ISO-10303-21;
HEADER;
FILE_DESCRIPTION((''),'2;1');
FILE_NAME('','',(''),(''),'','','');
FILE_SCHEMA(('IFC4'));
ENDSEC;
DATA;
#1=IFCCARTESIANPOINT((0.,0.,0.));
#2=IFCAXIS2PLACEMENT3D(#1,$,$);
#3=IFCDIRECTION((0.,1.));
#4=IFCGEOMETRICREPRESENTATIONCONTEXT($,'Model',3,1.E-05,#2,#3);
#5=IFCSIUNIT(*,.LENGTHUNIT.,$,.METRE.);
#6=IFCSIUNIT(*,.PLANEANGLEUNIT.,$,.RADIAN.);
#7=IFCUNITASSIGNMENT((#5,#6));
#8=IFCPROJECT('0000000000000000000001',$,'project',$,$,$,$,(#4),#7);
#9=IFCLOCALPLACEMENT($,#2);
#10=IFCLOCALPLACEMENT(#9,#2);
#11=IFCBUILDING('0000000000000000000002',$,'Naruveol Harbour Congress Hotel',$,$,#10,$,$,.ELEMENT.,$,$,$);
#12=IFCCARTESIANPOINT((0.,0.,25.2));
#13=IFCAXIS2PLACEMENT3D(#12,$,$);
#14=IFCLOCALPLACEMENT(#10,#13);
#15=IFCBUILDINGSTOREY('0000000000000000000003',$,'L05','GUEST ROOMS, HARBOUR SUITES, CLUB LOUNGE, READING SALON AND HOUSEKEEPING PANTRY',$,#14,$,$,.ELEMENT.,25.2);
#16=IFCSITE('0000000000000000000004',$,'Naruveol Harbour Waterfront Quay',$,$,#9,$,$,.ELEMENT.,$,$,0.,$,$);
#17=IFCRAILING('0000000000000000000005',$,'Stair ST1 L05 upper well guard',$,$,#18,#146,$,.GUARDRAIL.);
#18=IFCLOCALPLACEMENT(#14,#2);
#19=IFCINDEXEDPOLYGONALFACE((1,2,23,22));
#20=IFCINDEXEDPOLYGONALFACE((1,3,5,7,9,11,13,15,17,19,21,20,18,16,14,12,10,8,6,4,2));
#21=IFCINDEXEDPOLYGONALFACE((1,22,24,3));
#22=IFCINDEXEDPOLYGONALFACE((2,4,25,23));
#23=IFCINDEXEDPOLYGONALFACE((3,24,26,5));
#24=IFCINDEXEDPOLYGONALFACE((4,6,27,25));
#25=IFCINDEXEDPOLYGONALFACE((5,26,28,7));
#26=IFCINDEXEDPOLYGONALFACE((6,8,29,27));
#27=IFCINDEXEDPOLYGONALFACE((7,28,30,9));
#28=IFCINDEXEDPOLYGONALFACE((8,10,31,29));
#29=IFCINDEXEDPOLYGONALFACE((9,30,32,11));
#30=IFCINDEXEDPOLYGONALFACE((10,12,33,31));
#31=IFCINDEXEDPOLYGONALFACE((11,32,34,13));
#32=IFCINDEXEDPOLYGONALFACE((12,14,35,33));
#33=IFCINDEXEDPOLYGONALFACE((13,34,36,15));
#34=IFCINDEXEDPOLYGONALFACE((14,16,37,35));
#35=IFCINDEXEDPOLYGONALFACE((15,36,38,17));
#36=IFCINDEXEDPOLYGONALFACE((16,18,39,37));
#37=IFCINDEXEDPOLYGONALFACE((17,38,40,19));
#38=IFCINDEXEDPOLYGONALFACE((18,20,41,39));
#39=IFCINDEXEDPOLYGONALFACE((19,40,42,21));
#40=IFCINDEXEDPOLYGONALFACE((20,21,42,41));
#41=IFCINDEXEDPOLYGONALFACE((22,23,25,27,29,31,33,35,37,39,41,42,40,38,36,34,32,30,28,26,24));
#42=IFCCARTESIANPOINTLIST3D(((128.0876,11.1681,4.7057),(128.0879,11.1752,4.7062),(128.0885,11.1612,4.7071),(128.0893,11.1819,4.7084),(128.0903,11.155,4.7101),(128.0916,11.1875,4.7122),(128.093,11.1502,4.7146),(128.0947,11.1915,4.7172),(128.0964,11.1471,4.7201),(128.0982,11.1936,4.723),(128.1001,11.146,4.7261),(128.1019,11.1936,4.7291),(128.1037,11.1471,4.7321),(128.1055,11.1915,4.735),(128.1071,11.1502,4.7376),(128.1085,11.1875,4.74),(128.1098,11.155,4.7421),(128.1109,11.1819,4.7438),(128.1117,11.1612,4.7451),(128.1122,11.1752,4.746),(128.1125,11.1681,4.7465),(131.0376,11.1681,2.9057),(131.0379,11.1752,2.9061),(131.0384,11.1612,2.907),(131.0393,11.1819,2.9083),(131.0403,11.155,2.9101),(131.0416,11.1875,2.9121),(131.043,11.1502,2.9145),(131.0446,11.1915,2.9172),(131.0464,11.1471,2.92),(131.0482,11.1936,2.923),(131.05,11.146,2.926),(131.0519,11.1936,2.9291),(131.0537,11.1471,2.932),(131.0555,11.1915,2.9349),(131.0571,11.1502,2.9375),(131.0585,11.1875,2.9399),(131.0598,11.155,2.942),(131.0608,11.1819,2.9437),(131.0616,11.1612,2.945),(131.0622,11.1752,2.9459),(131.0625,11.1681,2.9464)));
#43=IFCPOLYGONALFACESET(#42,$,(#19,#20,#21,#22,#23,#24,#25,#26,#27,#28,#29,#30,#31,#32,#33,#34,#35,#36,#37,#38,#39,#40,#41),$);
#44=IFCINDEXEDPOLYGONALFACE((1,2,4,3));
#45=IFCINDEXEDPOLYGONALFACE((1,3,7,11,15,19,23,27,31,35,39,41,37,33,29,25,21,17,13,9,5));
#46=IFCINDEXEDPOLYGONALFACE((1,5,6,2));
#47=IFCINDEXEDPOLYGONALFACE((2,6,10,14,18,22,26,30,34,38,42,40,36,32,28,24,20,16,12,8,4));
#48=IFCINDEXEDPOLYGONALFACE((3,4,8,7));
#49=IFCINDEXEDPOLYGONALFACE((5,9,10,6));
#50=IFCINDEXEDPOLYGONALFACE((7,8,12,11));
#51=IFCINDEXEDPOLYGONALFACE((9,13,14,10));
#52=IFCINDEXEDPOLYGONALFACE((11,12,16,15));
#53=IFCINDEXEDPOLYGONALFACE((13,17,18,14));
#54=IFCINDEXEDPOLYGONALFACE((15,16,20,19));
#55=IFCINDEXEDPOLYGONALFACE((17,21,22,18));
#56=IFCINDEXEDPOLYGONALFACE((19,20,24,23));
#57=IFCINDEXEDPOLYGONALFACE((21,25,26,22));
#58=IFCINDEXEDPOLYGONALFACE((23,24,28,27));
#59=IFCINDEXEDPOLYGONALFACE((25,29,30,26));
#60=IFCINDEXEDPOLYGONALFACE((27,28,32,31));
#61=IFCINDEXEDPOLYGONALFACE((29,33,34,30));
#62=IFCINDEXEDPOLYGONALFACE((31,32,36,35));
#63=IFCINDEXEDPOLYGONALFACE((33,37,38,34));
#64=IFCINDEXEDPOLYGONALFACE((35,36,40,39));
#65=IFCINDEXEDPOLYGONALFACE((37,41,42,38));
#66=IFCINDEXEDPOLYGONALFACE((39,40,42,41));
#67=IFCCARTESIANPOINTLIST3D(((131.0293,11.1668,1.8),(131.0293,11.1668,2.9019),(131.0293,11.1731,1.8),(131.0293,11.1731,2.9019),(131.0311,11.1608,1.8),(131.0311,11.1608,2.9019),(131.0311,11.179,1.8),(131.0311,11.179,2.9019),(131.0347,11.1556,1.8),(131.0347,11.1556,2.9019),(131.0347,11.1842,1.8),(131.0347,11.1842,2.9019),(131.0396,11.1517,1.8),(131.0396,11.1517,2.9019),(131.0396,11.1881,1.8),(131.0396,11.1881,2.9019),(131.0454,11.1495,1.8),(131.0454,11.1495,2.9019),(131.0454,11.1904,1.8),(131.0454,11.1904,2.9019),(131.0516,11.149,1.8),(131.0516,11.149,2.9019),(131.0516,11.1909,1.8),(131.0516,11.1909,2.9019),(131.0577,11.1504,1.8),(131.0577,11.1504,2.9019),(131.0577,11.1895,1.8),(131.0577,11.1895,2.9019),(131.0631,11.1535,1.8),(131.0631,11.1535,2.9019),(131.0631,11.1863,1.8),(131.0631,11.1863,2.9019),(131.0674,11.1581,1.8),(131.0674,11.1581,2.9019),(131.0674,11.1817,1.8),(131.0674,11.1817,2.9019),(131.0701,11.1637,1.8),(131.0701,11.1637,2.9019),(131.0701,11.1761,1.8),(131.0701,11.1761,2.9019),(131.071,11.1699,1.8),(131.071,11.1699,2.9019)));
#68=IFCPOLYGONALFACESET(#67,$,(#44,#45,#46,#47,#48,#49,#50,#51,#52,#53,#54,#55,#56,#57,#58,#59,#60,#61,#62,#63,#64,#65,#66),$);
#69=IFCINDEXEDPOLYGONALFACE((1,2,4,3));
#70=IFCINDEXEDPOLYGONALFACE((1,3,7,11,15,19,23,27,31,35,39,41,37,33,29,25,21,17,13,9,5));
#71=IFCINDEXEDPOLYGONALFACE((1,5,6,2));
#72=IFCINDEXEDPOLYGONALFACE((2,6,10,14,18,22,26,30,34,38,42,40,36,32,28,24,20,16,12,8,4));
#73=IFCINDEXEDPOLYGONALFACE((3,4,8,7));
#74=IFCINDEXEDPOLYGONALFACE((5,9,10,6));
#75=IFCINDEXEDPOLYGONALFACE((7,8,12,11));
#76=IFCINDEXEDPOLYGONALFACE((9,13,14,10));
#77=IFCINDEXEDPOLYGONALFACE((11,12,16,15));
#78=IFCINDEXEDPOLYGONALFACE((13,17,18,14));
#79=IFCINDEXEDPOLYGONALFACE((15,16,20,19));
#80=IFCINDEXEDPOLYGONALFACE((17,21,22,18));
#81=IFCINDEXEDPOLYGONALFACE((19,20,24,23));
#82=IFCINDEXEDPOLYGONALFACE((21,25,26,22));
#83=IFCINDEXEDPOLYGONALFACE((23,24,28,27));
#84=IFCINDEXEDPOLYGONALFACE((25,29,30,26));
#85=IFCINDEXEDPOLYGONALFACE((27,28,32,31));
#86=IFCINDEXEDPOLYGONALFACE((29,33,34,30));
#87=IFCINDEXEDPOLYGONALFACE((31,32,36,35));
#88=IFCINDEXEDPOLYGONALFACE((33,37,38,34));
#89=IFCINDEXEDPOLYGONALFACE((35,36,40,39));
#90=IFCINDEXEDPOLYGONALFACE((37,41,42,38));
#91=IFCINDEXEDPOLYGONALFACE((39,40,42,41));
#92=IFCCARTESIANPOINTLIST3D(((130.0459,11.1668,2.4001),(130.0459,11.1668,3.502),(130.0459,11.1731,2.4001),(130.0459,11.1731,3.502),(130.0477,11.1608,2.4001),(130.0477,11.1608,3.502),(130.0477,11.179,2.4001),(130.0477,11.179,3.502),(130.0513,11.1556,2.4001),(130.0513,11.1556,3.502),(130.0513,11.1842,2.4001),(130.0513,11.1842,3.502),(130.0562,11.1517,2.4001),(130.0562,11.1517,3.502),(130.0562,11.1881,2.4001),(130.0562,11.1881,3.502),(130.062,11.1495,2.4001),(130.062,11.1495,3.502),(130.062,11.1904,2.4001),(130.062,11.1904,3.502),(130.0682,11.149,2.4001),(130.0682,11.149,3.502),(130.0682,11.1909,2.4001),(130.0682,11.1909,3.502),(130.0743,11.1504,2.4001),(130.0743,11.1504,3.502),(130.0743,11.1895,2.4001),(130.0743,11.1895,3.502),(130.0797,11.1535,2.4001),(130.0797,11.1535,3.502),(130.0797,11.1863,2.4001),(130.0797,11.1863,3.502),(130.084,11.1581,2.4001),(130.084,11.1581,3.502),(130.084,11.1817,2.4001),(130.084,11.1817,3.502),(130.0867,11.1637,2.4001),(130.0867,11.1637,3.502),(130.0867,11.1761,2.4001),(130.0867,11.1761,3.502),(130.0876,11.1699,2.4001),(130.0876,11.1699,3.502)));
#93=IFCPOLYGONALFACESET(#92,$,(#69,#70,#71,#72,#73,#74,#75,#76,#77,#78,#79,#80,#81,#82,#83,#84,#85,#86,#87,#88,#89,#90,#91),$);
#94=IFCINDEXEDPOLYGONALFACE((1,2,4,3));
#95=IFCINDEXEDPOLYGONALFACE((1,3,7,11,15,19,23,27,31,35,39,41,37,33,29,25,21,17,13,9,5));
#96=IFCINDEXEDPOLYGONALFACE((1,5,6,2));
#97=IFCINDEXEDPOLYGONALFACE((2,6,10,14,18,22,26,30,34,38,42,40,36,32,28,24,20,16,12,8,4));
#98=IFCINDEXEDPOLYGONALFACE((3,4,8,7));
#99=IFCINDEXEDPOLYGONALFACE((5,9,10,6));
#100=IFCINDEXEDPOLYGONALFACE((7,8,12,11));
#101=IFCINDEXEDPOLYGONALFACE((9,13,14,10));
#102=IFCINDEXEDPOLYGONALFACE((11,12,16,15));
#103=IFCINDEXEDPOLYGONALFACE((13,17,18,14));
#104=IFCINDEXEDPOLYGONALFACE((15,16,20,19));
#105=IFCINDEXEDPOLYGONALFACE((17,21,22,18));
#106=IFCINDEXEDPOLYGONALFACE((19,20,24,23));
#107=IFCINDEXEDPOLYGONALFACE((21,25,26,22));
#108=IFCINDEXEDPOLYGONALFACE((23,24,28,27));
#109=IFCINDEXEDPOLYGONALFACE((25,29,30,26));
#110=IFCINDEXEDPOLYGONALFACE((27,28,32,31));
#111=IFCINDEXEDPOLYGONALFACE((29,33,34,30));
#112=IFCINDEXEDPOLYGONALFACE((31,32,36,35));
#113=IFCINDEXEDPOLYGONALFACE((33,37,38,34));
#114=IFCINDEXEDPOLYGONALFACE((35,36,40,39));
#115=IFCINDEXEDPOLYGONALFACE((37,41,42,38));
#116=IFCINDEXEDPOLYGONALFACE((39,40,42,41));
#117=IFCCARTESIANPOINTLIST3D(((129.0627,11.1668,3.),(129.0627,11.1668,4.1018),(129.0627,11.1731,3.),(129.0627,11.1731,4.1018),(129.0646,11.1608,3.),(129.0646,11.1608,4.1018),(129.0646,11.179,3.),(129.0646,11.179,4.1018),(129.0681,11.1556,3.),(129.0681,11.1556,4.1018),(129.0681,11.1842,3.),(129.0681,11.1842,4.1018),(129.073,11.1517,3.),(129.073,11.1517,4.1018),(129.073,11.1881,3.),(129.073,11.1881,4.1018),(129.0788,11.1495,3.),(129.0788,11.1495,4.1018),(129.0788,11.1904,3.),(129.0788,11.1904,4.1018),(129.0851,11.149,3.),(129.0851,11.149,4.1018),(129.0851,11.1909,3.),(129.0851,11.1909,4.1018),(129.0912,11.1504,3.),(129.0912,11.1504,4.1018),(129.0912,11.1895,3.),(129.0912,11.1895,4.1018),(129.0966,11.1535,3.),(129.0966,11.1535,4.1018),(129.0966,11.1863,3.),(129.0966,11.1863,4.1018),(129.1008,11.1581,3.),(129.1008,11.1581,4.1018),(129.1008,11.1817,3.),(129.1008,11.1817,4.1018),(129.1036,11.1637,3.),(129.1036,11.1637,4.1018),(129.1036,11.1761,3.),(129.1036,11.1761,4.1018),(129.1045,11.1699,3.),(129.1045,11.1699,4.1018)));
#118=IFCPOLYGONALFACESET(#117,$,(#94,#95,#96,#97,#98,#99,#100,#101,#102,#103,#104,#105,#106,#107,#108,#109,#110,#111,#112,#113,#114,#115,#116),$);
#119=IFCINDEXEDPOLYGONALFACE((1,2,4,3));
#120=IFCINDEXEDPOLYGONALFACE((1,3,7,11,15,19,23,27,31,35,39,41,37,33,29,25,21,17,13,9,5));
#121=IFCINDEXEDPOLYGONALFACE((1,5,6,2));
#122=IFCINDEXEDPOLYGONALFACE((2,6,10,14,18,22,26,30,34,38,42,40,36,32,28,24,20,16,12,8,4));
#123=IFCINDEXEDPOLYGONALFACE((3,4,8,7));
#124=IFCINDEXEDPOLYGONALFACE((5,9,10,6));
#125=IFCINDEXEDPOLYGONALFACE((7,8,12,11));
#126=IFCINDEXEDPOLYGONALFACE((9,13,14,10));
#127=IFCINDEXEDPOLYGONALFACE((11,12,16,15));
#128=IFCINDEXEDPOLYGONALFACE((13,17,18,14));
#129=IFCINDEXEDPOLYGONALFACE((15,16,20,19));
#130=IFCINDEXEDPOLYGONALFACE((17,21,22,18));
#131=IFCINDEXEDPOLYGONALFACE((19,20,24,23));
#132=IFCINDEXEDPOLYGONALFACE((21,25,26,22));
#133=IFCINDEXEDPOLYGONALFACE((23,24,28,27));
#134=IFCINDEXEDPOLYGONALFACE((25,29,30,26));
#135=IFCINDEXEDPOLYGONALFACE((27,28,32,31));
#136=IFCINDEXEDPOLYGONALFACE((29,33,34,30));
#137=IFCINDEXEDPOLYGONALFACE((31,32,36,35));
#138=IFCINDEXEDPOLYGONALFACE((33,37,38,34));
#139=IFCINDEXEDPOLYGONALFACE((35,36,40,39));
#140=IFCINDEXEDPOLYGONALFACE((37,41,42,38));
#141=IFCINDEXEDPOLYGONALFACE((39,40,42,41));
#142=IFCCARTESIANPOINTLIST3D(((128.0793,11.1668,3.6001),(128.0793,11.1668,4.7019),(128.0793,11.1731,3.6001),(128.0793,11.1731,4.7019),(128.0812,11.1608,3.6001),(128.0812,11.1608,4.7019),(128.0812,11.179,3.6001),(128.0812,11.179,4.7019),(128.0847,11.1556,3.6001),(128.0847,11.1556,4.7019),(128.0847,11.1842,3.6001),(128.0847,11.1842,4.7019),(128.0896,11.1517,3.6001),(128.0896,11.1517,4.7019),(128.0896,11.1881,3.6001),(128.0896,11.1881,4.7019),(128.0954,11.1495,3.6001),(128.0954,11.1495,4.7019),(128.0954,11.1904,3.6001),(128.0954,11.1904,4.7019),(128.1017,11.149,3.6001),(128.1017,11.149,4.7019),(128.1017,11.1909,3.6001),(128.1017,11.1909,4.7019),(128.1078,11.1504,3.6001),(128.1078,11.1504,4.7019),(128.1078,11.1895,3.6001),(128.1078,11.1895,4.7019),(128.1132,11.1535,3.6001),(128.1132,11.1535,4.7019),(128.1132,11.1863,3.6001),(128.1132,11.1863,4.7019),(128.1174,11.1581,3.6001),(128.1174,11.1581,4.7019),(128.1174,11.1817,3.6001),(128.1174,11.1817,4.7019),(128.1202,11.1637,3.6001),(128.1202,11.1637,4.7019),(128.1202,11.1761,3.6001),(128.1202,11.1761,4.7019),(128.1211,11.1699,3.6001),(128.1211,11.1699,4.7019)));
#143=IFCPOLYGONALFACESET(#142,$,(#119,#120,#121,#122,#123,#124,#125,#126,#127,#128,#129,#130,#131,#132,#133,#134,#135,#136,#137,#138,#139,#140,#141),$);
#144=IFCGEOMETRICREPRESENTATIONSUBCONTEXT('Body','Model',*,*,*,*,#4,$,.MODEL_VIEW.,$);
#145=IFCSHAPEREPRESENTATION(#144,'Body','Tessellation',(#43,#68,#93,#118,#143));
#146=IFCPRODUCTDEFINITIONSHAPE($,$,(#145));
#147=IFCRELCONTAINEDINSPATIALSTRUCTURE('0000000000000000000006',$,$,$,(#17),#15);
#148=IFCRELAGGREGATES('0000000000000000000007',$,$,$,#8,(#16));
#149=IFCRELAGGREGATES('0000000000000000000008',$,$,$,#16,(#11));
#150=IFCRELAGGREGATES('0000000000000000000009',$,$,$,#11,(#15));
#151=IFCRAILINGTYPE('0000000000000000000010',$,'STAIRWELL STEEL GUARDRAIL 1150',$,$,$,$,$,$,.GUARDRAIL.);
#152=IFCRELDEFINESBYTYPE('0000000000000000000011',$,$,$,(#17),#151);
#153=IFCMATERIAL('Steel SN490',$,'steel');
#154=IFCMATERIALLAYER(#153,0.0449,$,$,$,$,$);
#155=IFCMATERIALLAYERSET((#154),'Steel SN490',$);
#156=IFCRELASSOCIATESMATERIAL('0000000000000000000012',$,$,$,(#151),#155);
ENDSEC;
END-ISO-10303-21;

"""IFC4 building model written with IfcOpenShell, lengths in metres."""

from ifc_helpers import new_model, si_unit, direction, frame, origin, origin_2d, place, context, subcontext, project, spatial, circle, extrude, material, layer, layer_set, type_object, element, save


model = new_model("IFC4")

# Units and contexts
model_context = context("Model", 3, precision=1e-05, world=origin(), true_north=direction((0.0, 1.0)))
body_context = subcontext(model_context, "Body", "Model", "MODEL_VIEW")
ifc_project = project(units=[si_unit("LENGTHUNIT", "METRE"), si_unit("PLANEANGLEUNIT", "RADIAN")], contexts=[model_context])

# Site, building, storey
site_placement = place(None, origin())
site = spatial("IfcSite", under=ifc_project, at=site_placement, Name="Naruveol Harbour Waterfront Quay", CompositionType="ELEMENT", RefElevation=0.0)
building_placement = place(site_placement, origin())
building = spatial("IfcBuilding", under=site, at=building_placement, Name="Naruveol Harbour Congress Hotel", CompositionType="ELEMENT")
storey_placement = place(building_placement, frame((0.0, 0.0, 25.2)))
storey = spatial("IfcBuildingStorey", under=building, at=storey_placement, Name="L05", Description="GUEST ROOMS, HARBOUR SUITES, CLUB LOUNGE, READING SALON AND HOUSEKEEPING PANTRY", CompositionType="ELEMENT", Elevation=25.2)

# Railing
ifc_material_1 = material(Name="Steel SN490", Category="steel")
ifc_layer_1 = layer(ifc_material_1, 0.0449)
ifc_layer_set_1 = layer_set([ifc_layer_1], Name="Steel SN490")
railing_type_1 = type_object("IfcRailingType", Name="STAIRWELL STEEL GUARDRAIL 1150", PredefinedType="GUARDRAIL", material=ifc_layer_set_1)
railing_1_placement = place(storey_placement, frame((131.05, 11.1699, 1.8)))
element("IfcRailing", 1, at=railing_1_placement, inside=storey, type_object=railing_type_1, Name="Stair ST1 L05 upper well guard", PredefinedType="GUARDRAIL", context=body_context, shape_type="SweptSolid", body=[
    extrude(circle(Radius=0.0239, at=origin_2d()), frame((0.0, 0.0, 1.126), z_axis=(-0.853629, 0.0, 0.520881), x_axis=(0.0, -1.0, 0.0)), (0.0, 0.0, 1.0), 3.4558),
    extrude(circle(Radius=0.021, at=origin_2d()), origin(), (0.0, 0.0, 1.0), 1.1018),
    extrude(circle(Radius=0.021, at=origin_2d()), frame((-0.9834, 0.0, 0.6001)), (0.0, 0.0, 1.0), 1.1018),
    extrude(circle(Radius=0.021, at=origin_2d()), frame((-1.9666, 0.0, 1.2)), (0.0, 0.0, 1.0), 1.1018),
    extrude(circle(Radius=0.021, at=origin_2d()), frame((-2.95, 0.0, 1.8)), (0.0, 0.0, 1.0), 1.1018),
])

save(model, "model.ifc")
